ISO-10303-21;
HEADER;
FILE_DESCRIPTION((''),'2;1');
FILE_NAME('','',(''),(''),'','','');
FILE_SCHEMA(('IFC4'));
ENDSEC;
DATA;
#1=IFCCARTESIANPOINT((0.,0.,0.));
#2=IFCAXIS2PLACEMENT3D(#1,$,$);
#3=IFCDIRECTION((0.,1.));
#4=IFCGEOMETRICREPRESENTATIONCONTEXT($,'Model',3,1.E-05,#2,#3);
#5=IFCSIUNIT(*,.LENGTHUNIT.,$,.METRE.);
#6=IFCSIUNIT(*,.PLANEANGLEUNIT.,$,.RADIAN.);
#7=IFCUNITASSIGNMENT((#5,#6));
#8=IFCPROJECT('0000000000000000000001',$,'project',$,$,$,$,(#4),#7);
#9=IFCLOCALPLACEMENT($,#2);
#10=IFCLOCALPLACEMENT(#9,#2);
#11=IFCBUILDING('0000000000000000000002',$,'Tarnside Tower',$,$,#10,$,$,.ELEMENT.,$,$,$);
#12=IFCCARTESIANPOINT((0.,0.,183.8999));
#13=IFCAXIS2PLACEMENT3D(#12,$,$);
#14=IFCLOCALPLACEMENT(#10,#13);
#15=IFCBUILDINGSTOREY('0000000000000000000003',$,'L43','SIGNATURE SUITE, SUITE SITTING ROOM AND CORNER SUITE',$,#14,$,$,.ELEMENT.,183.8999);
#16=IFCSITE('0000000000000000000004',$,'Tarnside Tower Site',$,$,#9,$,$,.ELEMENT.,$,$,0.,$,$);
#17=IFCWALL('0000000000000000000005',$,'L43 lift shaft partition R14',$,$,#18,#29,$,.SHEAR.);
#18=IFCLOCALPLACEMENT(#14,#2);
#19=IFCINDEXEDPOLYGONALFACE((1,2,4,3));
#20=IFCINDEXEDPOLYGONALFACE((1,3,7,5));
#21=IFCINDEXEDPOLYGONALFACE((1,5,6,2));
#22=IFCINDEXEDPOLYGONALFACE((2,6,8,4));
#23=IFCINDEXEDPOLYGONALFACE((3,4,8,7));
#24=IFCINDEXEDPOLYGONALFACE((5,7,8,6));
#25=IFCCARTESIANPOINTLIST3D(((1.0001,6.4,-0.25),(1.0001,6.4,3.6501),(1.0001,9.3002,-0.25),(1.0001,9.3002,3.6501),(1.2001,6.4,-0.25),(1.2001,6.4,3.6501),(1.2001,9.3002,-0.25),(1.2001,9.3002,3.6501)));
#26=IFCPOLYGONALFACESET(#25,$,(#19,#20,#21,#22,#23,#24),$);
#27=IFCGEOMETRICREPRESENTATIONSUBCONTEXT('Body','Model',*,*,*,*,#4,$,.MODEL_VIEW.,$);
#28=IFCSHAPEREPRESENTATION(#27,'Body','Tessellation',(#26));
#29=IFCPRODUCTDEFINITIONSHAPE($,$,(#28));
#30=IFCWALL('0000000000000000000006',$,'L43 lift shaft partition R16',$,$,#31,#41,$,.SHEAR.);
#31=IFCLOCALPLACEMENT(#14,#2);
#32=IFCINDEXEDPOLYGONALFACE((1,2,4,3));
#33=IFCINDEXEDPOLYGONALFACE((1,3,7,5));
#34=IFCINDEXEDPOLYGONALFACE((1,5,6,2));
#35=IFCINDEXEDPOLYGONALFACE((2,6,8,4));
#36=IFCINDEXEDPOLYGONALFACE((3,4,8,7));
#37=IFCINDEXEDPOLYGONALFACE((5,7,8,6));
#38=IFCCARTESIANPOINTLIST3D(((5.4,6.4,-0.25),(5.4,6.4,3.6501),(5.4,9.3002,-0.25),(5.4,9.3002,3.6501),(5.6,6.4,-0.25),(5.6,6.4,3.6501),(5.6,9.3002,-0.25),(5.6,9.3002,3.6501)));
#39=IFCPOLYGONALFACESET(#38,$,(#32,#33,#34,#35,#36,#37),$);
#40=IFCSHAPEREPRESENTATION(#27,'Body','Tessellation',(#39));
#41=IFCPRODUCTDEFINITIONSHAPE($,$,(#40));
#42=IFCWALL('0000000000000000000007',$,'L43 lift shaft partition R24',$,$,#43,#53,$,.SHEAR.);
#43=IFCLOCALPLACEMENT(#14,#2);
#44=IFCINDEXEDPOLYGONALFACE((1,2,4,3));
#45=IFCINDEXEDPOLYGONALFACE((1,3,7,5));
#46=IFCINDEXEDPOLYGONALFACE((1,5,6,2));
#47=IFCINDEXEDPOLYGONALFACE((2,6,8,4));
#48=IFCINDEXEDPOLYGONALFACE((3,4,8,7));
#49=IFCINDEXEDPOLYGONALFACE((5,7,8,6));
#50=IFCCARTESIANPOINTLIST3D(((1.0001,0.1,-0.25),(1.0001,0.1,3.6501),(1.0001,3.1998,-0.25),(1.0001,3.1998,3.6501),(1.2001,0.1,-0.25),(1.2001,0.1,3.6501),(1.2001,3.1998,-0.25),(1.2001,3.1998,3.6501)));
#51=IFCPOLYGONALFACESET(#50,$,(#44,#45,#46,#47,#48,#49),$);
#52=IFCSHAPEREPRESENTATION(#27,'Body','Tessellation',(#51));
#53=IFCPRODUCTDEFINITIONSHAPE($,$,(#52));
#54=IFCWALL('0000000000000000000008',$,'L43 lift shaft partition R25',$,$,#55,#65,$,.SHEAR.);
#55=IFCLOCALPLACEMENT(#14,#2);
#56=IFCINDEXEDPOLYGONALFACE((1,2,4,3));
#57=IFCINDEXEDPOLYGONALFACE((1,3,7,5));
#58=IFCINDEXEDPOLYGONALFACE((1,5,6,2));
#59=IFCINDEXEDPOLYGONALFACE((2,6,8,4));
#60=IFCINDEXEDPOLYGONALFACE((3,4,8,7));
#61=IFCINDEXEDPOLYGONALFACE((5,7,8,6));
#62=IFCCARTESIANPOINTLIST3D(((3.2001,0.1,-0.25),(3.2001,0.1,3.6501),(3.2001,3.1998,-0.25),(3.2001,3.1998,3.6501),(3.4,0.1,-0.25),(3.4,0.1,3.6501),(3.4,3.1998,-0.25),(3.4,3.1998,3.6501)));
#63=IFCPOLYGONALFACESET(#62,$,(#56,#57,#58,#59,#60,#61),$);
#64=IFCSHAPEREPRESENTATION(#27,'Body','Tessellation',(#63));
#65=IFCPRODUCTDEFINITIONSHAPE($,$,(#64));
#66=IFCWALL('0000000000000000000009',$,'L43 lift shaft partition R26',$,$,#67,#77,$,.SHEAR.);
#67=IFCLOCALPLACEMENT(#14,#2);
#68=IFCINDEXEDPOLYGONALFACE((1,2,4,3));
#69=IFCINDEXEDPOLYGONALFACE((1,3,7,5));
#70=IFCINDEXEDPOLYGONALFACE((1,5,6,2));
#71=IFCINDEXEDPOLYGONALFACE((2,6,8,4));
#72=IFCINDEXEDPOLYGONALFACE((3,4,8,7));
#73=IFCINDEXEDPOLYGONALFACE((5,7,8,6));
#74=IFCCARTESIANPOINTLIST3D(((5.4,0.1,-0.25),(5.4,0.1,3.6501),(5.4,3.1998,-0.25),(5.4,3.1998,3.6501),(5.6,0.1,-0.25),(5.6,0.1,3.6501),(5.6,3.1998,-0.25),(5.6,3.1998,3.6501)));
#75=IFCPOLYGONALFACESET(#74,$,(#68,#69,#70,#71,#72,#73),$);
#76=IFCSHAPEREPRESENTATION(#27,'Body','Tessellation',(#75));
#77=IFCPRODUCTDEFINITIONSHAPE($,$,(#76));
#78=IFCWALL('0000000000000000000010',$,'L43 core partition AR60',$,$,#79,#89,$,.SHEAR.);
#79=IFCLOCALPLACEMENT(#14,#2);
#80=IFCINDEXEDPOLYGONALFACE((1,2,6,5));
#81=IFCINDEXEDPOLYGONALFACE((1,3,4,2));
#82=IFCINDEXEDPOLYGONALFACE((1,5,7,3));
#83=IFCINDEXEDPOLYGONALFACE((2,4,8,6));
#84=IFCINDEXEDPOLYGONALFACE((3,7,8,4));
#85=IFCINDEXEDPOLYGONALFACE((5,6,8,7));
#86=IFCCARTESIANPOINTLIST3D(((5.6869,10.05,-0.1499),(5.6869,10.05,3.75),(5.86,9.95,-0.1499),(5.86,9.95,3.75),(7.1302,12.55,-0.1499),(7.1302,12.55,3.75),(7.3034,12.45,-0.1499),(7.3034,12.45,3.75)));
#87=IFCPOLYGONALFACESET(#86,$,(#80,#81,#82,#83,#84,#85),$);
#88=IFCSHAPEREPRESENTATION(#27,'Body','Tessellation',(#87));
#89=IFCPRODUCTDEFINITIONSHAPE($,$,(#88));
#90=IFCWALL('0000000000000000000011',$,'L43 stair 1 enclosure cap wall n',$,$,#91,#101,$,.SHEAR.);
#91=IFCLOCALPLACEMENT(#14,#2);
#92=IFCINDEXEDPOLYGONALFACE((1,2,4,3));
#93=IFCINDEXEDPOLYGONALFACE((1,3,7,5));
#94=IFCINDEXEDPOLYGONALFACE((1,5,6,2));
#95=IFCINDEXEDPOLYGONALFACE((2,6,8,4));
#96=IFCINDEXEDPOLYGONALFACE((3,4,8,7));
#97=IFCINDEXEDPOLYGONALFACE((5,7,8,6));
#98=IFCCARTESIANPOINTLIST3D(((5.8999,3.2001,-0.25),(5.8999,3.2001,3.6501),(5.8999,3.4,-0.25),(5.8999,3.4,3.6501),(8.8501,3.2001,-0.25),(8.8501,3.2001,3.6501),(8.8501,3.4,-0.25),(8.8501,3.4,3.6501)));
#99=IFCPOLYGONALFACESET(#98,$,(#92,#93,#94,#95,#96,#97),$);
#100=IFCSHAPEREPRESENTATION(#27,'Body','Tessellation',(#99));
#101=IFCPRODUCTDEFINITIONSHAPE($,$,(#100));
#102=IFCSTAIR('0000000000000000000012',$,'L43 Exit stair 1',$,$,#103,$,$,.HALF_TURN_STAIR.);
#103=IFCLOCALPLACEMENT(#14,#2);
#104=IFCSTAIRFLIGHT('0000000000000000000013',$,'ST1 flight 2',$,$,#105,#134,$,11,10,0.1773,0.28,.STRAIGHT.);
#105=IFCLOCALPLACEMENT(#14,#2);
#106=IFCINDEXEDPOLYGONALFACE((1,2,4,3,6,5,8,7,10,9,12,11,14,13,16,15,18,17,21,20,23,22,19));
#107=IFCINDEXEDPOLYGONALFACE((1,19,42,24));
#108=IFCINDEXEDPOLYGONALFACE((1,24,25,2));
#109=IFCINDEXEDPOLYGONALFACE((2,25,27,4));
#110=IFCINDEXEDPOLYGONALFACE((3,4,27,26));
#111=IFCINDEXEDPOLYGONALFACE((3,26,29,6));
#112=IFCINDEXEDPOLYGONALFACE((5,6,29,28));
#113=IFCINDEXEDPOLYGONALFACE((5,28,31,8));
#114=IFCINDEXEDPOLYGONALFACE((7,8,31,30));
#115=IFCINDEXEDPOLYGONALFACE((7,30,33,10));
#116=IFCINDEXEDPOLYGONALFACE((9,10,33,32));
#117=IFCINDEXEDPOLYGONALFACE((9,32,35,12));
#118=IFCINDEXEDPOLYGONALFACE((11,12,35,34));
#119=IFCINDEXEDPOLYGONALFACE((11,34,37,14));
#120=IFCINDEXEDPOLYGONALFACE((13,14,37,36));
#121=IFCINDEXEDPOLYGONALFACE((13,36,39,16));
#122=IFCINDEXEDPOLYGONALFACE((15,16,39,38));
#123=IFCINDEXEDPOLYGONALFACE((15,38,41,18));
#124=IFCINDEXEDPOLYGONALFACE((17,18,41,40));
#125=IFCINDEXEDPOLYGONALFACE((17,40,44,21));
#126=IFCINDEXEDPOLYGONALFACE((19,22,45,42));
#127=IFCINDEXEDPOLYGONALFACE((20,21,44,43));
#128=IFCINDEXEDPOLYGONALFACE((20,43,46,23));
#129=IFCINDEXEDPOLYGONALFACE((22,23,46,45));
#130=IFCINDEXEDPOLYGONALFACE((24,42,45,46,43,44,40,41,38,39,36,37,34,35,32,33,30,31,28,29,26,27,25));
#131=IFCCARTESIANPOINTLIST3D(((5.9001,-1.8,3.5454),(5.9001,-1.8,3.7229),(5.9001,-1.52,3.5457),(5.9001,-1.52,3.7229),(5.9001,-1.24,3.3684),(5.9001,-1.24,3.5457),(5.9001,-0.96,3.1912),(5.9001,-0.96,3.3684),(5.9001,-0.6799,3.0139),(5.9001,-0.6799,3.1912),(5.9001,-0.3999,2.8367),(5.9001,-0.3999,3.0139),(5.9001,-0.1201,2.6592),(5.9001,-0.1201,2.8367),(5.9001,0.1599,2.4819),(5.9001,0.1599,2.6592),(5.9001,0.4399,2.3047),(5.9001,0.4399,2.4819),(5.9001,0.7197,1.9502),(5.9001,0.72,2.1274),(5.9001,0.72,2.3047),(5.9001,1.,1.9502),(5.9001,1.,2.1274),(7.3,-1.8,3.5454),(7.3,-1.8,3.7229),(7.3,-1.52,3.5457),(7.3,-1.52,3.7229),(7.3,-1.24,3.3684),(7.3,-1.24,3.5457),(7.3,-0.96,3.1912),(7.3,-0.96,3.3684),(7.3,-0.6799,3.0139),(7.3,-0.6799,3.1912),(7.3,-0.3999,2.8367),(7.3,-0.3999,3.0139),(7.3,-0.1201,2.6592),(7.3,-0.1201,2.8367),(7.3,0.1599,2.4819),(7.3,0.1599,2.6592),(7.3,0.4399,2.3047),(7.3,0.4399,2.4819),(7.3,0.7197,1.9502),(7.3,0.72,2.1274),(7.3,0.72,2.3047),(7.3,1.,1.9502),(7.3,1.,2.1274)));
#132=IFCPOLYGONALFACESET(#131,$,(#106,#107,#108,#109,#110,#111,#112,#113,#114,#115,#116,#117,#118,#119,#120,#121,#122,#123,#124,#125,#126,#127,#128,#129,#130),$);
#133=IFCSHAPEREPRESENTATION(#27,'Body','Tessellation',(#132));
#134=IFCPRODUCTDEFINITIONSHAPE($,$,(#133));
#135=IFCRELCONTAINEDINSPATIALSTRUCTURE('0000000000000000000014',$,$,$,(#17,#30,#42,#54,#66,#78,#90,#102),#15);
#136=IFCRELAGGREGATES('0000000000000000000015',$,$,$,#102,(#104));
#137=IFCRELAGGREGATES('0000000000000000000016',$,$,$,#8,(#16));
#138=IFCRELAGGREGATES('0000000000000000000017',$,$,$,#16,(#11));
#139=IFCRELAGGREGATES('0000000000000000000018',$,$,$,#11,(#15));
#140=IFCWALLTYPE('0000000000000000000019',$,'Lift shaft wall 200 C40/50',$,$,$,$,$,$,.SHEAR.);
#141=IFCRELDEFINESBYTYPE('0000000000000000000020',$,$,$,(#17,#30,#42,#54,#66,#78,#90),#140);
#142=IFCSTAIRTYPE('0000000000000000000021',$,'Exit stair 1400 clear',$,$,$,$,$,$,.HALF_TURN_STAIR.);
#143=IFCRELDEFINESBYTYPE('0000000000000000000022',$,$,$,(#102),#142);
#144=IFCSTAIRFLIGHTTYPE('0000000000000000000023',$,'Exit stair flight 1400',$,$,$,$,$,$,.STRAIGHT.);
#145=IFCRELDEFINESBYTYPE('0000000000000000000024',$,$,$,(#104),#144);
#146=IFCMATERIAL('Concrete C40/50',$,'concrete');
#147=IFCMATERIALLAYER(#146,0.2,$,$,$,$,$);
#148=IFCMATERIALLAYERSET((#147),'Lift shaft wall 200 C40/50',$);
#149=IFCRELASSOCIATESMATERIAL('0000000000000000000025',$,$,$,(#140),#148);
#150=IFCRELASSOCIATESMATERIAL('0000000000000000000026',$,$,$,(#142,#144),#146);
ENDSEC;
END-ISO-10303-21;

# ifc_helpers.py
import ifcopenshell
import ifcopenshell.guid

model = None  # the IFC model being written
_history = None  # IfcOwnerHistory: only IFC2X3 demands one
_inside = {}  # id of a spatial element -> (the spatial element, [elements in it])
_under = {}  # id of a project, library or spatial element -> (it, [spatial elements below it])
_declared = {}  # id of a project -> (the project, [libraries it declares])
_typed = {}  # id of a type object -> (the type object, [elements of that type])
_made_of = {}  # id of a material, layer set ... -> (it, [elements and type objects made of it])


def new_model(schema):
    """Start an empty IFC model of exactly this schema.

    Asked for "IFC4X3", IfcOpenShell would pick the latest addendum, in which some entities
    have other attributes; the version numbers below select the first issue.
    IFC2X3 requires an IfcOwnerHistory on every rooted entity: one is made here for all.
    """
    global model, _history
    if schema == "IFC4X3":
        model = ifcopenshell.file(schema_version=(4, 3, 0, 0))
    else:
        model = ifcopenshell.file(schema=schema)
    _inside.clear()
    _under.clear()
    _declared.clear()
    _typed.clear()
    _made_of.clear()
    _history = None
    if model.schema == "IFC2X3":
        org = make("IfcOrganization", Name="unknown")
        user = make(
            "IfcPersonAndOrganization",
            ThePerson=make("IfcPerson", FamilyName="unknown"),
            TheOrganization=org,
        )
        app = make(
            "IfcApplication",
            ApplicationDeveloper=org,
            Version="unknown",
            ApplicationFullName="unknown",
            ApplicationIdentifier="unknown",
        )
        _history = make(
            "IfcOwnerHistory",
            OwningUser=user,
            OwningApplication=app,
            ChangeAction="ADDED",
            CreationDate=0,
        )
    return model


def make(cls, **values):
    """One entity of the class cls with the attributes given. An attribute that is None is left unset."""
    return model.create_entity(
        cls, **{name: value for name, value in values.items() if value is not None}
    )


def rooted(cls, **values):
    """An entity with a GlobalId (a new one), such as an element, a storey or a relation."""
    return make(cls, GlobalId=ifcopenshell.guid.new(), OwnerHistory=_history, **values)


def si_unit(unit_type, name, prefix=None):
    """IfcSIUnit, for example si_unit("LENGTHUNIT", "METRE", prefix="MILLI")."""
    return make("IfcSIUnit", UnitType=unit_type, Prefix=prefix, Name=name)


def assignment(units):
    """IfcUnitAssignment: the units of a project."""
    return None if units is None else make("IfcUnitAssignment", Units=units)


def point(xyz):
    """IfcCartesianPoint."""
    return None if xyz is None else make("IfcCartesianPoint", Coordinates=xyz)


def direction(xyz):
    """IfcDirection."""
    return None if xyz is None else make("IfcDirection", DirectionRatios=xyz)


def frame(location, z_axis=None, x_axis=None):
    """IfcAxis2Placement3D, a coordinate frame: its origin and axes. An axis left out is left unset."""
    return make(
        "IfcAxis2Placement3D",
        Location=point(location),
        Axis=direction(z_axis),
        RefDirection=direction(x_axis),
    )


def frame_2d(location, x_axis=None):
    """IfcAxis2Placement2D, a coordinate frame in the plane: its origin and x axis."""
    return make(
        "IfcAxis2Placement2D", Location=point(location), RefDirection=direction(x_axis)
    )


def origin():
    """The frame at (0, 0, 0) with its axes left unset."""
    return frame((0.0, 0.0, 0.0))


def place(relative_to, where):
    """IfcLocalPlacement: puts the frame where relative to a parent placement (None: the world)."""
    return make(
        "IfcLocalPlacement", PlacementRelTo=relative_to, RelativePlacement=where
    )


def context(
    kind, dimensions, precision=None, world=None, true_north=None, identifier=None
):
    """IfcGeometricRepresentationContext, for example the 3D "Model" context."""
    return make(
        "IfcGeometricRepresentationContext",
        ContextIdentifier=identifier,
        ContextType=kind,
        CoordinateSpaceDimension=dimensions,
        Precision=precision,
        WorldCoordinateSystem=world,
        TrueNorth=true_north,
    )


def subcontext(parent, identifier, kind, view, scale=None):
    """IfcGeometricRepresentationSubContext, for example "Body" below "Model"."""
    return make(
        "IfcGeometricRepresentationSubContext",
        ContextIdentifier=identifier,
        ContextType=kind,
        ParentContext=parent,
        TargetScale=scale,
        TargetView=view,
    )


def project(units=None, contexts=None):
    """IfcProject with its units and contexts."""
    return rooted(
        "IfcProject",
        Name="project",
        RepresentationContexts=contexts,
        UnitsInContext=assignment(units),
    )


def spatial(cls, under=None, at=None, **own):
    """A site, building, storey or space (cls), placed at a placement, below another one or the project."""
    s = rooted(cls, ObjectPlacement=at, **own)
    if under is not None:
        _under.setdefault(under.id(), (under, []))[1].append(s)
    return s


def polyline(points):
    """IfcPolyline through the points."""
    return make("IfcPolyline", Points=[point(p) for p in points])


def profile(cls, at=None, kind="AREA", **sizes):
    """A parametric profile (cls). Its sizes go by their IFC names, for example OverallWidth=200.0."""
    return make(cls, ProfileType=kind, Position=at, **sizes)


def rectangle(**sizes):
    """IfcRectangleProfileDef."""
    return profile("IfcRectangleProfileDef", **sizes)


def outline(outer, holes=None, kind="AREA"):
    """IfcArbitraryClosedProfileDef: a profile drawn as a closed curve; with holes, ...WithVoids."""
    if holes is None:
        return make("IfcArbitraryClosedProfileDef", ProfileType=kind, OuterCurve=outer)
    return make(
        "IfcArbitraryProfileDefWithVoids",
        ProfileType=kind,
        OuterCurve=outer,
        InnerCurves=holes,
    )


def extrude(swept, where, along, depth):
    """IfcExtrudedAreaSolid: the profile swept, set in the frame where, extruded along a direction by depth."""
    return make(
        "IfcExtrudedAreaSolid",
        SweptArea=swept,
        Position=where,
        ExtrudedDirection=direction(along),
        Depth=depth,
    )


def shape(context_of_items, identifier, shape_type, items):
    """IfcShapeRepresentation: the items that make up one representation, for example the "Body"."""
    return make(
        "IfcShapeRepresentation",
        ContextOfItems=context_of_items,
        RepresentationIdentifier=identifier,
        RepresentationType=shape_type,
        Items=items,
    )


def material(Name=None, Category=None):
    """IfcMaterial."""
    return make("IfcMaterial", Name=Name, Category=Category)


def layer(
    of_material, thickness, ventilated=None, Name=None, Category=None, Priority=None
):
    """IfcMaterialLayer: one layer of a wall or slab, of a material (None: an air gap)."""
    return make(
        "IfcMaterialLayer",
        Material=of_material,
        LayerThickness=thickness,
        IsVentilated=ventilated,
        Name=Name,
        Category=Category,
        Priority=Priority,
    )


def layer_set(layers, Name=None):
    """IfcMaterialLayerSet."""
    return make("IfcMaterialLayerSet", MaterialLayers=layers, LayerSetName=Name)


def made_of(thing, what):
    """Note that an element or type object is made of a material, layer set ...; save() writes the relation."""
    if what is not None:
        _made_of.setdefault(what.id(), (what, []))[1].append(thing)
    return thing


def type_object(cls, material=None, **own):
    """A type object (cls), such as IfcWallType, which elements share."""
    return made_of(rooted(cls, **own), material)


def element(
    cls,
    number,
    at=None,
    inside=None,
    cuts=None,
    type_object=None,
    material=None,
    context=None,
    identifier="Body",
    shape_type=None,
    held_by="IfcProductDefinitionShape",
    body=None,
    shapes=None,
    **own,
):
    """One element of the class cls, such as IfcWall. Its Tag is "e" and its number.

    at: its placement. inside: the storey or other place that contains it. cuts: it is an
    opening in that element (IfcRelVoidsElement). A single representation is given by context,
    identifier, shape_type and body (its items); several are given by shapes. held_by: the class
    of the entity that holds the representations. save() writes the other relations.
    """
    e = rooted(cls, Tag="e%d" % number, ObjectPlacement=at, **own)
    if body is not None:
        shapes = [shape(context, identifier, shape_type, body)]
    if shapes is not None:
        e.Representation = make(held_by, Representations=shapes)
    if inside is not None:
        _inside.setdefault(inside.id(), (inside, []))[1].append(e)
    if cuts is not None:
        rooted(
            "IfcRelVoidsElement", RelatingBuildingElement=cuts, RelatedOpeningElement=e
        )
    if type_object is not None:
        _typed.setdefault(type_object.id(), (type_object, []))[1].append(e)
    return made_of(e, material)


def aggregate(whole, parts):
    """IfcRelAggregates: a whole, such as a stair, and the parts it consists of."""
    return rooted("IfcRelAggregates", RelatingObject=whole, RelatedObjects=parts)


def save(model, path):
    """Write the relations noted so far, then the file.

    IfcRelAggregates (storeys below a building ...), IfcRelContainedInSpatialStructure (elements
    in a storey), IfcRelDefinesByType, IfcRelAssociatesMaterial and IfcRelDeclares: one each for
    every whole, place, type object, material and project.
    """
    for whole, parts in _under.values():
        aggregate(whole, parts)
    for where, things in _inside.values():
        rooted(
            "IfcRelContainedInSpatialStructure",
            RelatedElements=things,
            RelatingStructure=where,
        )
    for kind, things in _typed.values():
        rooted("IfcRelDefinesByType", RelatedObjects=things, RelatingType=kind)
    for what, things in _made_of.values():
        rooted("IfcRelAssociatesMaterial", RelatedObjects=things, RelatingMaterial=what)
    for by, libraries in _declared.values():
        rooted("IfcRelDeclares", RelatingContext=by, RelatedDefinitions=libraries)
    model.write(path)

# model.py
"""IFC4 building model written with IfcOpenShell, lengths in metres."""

from ifc_helpers import new_model, si_unit, direction, frame, frame_2d, origin, place, context, subcontext, project, spatial, polyline, rectangle, outline, extrude, material, layer, layer_set, type_object, element, aggregate, save


model = new_model("IFC4")

# Units and contexts
model_context = context("Model", 3, precision=1e-05, world=origin(), true_north=direction((0.0, 1.0)))
body_context = subcontext(model_context, "Body", "Model", "MODEL_VIEW")
ifc_project = project(units=[si_unit("LENGTHUNIT", "METRE"), si_unit("PLANEANGLEUNIT", "RADIAN")], contexts=[model_context])

# Site, building, storey
site_placement = place(None, origin())
site = spatial("IfcSite", under=ifc_project, at=site_placement, Name="Tarnside Tower Site", CompositionType="ELEMENT", RefElevation=0.0)
building_placement = place(site_placement, origin())
building = spatial("IfcBuilding", under=site, at=building_placement, Name="Tarnside Tower", CompositionType="ELEMENT")
storey_placement = place(building_placement, frame((0.0, 0.0, 183.8999)))
storey = spatial("IfcBuildingStorey", under=building, at=storey_placement, Name="L43", Description="SIGNATURE SUITE, SUITE SITTING ROOM AND CORNER SUITE", CompositionType="ELEMENT", Elevation=183.8999)

# Walls
ifc_material_1 = material(Name="Concrete C40/50", Category="concrete")
ifc_layer_1 = layer(ifc_material_1, 0.2)
ifc_layer_set_1 = layer_set([ifc_layer_1], Name="Lift shaft wall 200 C40/50")
wall_type_1 = type_object("IfcWallType", Name="Lift shaft wall 200 C40/50", PredefinedType="SHEAR", material=ifc_layer_set_1)
for number, where, z_axis, x_axis, name in (
    (1, (1.1001, 6.3999, -0.25), (0.0, 0.0, 1.0), (0.0, 1.0, 0.0), "L43 lift shaft partition R14"),
    (2, (5.5, 6.3999, -0.25), (0.0, 0.0, 1.0), (0.0, 1.0, 0.0), "L43 lift shaft partition R16"),
):
    element("IfcWall", number, at=place(storey_placement, frame(where, z_axis=z_axis, x_axis=x_axis)), inside=storey, type_object=wall_type_1, Name=name, PredefinedType="SHEAR", context=body_context, shape_type="SweptSolid", body=[
        extrude(rectangle(XDim=2.9001, YDim=0.2, at=frame_2d((1.4502, 0.0))), origin(), (0.0, 0.0, 1.0), 3.9001),
    ])
for number, where, z_axis, x_axis, name in (
    (3, (1.1001, 0.1001, -0.25), (0.0, 0.0, 1.0), (0.0, 1.0, 0.0), "L43 lift shaft partition R24"),
    (4, (3.3, 0.1001, -0.25), (0.0, 0.0, 1.0), (0.0, 1.0, 0.0), "L43 lift shaft partition R25"),
    (5, (5.5, 0.1001, -0.25), (0.0, 0.0, 1.0), (0.0, 1.0, 0.0), "L43 lift shaft partition R26"),
):
    element("IfcWall", number, at=place(storey_placement, frame(where, z_axis=z_axis, x_axis=x_axis)), inside=storey, type_object=wall_type_1, Name=name, PredefinedType="SHEAR", context=body_context, shape_type="SweptSolid", body=[
        extrude(rectangle(XDim=3.0999, YDim=0.2, at=frame_2d((1.5498, 0.0))), origin(), (0.0, 0.0, 1.0), 3.9001),
    ])
wall_1_placement = place(storey_placement, frame((5.7734, 10.0, -0.1499), z_axis=(0.0, 0.0, 1.0), x_axis=(0.499996, 0.866028, 0.0)))
element("IfcWall", 6, at=wall_1_placement, inside=storey, type_object=wall_type_1, Name="L43 core partition AR60", PredefinedType="SHEAR", context=body_context, shape_type="SweptSolid", body=[
    extrude(rectangle(XDim=2.8867, YDim=0.2, at=frame_2d((1.4434, 0.0))), origin(), (0.0, 0.0, 1.0), 3.8999),
])
wall_2_placement = place(storey_placement, frame((5.8999, 3.3, -0.25), z_axis=(0.0, 0.0, 1.0), x_axis=(1.0, 0.0, 0.0)))
element("IfcWall", 7, at=wall_2_placement, inside=storey, type_object=wall_type_1, Name="L43 stair 1 enclosure cap wall n", PredefinedType="SHEAR", context=body_context, shape_type="SweptSolid", body=[
    extrude(rectangle(XDim=2.9502, YDim=0.2, at=frame_2d((1.4751, 0.0))), origin(), (0.0, 0.0, 1.0), 3.9001),
])

# Stair, stair flight
stair_type = type_object("IfcStairType", Name="Exit stair 1400 clear", PredefinedType="HALF_TURN_STAIR", material=ifc_material_1)
stair_placement = place(storey_placement, origin())
stair = element("IfcStair", 8, at=stair_placement, inside=storey, type_object=stair_type, Name="L43 Exit stair 1", PredefinedType="HALF_TURN_STAIR")
stair_flight_type = type_object("IfcStairFlightType", Name="Exit stair flight 1400", PredefinedType="STRAIGHT", material=ifc_material_1)
stair_flight_placement = place(storey_placement, frame((6.6001, 1.0, 1.9502), z_axis=(0.0, 0.0, 1.0), x_axis=(0.0, -1.0, 0.0)))
stair_flight = element("IfcStairFlight", 9, at=stair_flight_placement, type_object=stair_flight_type, Name="ST1 flight 2", NumberOfRisers=11, NumberOfTreads=10, PredefinedType="STRAIGHT", RiserHeight=0.1773, TreadLength=0.28, context=body_context, shape_type="SweptSolid", body=[
    extrude(outline(polyline([(0.0, 0.0), (0.0, 0.1772), (0.28, 0.1772), (0.28, 0.3545), (0.5601, 0.3545), (0.5601, 0.5317), (0.8401, 0.5317), (0.8401, 0.709), (1.1201, 0.709), (1.1201, 0.8865), (1.3999, 0.8865), (1.3999, 1.0637), (1.6799, 1.0637), (1.6799, 1.241), (1.96, 1.241), (1.96, 1.4182), (2.24, 1.4182), (2.24, 1.5955), (2.52, 1.5955), (2.52, 1.7727), (2.8, 1.7727), (2.8, 1.95), (2.8, 1.5952), (0.2803, 0.0), (0.0, 0.0)])), frame((0.0, 0.7, 0.0), z_axis=(0.0, -1.0, 0.0), x_axis=(1.0, 0.0, 0.0)), (0.0, 0.0, 1.0), 1.3999),
])
aggregate(stair, [stair_flight])

save(model, "model.ifc")
